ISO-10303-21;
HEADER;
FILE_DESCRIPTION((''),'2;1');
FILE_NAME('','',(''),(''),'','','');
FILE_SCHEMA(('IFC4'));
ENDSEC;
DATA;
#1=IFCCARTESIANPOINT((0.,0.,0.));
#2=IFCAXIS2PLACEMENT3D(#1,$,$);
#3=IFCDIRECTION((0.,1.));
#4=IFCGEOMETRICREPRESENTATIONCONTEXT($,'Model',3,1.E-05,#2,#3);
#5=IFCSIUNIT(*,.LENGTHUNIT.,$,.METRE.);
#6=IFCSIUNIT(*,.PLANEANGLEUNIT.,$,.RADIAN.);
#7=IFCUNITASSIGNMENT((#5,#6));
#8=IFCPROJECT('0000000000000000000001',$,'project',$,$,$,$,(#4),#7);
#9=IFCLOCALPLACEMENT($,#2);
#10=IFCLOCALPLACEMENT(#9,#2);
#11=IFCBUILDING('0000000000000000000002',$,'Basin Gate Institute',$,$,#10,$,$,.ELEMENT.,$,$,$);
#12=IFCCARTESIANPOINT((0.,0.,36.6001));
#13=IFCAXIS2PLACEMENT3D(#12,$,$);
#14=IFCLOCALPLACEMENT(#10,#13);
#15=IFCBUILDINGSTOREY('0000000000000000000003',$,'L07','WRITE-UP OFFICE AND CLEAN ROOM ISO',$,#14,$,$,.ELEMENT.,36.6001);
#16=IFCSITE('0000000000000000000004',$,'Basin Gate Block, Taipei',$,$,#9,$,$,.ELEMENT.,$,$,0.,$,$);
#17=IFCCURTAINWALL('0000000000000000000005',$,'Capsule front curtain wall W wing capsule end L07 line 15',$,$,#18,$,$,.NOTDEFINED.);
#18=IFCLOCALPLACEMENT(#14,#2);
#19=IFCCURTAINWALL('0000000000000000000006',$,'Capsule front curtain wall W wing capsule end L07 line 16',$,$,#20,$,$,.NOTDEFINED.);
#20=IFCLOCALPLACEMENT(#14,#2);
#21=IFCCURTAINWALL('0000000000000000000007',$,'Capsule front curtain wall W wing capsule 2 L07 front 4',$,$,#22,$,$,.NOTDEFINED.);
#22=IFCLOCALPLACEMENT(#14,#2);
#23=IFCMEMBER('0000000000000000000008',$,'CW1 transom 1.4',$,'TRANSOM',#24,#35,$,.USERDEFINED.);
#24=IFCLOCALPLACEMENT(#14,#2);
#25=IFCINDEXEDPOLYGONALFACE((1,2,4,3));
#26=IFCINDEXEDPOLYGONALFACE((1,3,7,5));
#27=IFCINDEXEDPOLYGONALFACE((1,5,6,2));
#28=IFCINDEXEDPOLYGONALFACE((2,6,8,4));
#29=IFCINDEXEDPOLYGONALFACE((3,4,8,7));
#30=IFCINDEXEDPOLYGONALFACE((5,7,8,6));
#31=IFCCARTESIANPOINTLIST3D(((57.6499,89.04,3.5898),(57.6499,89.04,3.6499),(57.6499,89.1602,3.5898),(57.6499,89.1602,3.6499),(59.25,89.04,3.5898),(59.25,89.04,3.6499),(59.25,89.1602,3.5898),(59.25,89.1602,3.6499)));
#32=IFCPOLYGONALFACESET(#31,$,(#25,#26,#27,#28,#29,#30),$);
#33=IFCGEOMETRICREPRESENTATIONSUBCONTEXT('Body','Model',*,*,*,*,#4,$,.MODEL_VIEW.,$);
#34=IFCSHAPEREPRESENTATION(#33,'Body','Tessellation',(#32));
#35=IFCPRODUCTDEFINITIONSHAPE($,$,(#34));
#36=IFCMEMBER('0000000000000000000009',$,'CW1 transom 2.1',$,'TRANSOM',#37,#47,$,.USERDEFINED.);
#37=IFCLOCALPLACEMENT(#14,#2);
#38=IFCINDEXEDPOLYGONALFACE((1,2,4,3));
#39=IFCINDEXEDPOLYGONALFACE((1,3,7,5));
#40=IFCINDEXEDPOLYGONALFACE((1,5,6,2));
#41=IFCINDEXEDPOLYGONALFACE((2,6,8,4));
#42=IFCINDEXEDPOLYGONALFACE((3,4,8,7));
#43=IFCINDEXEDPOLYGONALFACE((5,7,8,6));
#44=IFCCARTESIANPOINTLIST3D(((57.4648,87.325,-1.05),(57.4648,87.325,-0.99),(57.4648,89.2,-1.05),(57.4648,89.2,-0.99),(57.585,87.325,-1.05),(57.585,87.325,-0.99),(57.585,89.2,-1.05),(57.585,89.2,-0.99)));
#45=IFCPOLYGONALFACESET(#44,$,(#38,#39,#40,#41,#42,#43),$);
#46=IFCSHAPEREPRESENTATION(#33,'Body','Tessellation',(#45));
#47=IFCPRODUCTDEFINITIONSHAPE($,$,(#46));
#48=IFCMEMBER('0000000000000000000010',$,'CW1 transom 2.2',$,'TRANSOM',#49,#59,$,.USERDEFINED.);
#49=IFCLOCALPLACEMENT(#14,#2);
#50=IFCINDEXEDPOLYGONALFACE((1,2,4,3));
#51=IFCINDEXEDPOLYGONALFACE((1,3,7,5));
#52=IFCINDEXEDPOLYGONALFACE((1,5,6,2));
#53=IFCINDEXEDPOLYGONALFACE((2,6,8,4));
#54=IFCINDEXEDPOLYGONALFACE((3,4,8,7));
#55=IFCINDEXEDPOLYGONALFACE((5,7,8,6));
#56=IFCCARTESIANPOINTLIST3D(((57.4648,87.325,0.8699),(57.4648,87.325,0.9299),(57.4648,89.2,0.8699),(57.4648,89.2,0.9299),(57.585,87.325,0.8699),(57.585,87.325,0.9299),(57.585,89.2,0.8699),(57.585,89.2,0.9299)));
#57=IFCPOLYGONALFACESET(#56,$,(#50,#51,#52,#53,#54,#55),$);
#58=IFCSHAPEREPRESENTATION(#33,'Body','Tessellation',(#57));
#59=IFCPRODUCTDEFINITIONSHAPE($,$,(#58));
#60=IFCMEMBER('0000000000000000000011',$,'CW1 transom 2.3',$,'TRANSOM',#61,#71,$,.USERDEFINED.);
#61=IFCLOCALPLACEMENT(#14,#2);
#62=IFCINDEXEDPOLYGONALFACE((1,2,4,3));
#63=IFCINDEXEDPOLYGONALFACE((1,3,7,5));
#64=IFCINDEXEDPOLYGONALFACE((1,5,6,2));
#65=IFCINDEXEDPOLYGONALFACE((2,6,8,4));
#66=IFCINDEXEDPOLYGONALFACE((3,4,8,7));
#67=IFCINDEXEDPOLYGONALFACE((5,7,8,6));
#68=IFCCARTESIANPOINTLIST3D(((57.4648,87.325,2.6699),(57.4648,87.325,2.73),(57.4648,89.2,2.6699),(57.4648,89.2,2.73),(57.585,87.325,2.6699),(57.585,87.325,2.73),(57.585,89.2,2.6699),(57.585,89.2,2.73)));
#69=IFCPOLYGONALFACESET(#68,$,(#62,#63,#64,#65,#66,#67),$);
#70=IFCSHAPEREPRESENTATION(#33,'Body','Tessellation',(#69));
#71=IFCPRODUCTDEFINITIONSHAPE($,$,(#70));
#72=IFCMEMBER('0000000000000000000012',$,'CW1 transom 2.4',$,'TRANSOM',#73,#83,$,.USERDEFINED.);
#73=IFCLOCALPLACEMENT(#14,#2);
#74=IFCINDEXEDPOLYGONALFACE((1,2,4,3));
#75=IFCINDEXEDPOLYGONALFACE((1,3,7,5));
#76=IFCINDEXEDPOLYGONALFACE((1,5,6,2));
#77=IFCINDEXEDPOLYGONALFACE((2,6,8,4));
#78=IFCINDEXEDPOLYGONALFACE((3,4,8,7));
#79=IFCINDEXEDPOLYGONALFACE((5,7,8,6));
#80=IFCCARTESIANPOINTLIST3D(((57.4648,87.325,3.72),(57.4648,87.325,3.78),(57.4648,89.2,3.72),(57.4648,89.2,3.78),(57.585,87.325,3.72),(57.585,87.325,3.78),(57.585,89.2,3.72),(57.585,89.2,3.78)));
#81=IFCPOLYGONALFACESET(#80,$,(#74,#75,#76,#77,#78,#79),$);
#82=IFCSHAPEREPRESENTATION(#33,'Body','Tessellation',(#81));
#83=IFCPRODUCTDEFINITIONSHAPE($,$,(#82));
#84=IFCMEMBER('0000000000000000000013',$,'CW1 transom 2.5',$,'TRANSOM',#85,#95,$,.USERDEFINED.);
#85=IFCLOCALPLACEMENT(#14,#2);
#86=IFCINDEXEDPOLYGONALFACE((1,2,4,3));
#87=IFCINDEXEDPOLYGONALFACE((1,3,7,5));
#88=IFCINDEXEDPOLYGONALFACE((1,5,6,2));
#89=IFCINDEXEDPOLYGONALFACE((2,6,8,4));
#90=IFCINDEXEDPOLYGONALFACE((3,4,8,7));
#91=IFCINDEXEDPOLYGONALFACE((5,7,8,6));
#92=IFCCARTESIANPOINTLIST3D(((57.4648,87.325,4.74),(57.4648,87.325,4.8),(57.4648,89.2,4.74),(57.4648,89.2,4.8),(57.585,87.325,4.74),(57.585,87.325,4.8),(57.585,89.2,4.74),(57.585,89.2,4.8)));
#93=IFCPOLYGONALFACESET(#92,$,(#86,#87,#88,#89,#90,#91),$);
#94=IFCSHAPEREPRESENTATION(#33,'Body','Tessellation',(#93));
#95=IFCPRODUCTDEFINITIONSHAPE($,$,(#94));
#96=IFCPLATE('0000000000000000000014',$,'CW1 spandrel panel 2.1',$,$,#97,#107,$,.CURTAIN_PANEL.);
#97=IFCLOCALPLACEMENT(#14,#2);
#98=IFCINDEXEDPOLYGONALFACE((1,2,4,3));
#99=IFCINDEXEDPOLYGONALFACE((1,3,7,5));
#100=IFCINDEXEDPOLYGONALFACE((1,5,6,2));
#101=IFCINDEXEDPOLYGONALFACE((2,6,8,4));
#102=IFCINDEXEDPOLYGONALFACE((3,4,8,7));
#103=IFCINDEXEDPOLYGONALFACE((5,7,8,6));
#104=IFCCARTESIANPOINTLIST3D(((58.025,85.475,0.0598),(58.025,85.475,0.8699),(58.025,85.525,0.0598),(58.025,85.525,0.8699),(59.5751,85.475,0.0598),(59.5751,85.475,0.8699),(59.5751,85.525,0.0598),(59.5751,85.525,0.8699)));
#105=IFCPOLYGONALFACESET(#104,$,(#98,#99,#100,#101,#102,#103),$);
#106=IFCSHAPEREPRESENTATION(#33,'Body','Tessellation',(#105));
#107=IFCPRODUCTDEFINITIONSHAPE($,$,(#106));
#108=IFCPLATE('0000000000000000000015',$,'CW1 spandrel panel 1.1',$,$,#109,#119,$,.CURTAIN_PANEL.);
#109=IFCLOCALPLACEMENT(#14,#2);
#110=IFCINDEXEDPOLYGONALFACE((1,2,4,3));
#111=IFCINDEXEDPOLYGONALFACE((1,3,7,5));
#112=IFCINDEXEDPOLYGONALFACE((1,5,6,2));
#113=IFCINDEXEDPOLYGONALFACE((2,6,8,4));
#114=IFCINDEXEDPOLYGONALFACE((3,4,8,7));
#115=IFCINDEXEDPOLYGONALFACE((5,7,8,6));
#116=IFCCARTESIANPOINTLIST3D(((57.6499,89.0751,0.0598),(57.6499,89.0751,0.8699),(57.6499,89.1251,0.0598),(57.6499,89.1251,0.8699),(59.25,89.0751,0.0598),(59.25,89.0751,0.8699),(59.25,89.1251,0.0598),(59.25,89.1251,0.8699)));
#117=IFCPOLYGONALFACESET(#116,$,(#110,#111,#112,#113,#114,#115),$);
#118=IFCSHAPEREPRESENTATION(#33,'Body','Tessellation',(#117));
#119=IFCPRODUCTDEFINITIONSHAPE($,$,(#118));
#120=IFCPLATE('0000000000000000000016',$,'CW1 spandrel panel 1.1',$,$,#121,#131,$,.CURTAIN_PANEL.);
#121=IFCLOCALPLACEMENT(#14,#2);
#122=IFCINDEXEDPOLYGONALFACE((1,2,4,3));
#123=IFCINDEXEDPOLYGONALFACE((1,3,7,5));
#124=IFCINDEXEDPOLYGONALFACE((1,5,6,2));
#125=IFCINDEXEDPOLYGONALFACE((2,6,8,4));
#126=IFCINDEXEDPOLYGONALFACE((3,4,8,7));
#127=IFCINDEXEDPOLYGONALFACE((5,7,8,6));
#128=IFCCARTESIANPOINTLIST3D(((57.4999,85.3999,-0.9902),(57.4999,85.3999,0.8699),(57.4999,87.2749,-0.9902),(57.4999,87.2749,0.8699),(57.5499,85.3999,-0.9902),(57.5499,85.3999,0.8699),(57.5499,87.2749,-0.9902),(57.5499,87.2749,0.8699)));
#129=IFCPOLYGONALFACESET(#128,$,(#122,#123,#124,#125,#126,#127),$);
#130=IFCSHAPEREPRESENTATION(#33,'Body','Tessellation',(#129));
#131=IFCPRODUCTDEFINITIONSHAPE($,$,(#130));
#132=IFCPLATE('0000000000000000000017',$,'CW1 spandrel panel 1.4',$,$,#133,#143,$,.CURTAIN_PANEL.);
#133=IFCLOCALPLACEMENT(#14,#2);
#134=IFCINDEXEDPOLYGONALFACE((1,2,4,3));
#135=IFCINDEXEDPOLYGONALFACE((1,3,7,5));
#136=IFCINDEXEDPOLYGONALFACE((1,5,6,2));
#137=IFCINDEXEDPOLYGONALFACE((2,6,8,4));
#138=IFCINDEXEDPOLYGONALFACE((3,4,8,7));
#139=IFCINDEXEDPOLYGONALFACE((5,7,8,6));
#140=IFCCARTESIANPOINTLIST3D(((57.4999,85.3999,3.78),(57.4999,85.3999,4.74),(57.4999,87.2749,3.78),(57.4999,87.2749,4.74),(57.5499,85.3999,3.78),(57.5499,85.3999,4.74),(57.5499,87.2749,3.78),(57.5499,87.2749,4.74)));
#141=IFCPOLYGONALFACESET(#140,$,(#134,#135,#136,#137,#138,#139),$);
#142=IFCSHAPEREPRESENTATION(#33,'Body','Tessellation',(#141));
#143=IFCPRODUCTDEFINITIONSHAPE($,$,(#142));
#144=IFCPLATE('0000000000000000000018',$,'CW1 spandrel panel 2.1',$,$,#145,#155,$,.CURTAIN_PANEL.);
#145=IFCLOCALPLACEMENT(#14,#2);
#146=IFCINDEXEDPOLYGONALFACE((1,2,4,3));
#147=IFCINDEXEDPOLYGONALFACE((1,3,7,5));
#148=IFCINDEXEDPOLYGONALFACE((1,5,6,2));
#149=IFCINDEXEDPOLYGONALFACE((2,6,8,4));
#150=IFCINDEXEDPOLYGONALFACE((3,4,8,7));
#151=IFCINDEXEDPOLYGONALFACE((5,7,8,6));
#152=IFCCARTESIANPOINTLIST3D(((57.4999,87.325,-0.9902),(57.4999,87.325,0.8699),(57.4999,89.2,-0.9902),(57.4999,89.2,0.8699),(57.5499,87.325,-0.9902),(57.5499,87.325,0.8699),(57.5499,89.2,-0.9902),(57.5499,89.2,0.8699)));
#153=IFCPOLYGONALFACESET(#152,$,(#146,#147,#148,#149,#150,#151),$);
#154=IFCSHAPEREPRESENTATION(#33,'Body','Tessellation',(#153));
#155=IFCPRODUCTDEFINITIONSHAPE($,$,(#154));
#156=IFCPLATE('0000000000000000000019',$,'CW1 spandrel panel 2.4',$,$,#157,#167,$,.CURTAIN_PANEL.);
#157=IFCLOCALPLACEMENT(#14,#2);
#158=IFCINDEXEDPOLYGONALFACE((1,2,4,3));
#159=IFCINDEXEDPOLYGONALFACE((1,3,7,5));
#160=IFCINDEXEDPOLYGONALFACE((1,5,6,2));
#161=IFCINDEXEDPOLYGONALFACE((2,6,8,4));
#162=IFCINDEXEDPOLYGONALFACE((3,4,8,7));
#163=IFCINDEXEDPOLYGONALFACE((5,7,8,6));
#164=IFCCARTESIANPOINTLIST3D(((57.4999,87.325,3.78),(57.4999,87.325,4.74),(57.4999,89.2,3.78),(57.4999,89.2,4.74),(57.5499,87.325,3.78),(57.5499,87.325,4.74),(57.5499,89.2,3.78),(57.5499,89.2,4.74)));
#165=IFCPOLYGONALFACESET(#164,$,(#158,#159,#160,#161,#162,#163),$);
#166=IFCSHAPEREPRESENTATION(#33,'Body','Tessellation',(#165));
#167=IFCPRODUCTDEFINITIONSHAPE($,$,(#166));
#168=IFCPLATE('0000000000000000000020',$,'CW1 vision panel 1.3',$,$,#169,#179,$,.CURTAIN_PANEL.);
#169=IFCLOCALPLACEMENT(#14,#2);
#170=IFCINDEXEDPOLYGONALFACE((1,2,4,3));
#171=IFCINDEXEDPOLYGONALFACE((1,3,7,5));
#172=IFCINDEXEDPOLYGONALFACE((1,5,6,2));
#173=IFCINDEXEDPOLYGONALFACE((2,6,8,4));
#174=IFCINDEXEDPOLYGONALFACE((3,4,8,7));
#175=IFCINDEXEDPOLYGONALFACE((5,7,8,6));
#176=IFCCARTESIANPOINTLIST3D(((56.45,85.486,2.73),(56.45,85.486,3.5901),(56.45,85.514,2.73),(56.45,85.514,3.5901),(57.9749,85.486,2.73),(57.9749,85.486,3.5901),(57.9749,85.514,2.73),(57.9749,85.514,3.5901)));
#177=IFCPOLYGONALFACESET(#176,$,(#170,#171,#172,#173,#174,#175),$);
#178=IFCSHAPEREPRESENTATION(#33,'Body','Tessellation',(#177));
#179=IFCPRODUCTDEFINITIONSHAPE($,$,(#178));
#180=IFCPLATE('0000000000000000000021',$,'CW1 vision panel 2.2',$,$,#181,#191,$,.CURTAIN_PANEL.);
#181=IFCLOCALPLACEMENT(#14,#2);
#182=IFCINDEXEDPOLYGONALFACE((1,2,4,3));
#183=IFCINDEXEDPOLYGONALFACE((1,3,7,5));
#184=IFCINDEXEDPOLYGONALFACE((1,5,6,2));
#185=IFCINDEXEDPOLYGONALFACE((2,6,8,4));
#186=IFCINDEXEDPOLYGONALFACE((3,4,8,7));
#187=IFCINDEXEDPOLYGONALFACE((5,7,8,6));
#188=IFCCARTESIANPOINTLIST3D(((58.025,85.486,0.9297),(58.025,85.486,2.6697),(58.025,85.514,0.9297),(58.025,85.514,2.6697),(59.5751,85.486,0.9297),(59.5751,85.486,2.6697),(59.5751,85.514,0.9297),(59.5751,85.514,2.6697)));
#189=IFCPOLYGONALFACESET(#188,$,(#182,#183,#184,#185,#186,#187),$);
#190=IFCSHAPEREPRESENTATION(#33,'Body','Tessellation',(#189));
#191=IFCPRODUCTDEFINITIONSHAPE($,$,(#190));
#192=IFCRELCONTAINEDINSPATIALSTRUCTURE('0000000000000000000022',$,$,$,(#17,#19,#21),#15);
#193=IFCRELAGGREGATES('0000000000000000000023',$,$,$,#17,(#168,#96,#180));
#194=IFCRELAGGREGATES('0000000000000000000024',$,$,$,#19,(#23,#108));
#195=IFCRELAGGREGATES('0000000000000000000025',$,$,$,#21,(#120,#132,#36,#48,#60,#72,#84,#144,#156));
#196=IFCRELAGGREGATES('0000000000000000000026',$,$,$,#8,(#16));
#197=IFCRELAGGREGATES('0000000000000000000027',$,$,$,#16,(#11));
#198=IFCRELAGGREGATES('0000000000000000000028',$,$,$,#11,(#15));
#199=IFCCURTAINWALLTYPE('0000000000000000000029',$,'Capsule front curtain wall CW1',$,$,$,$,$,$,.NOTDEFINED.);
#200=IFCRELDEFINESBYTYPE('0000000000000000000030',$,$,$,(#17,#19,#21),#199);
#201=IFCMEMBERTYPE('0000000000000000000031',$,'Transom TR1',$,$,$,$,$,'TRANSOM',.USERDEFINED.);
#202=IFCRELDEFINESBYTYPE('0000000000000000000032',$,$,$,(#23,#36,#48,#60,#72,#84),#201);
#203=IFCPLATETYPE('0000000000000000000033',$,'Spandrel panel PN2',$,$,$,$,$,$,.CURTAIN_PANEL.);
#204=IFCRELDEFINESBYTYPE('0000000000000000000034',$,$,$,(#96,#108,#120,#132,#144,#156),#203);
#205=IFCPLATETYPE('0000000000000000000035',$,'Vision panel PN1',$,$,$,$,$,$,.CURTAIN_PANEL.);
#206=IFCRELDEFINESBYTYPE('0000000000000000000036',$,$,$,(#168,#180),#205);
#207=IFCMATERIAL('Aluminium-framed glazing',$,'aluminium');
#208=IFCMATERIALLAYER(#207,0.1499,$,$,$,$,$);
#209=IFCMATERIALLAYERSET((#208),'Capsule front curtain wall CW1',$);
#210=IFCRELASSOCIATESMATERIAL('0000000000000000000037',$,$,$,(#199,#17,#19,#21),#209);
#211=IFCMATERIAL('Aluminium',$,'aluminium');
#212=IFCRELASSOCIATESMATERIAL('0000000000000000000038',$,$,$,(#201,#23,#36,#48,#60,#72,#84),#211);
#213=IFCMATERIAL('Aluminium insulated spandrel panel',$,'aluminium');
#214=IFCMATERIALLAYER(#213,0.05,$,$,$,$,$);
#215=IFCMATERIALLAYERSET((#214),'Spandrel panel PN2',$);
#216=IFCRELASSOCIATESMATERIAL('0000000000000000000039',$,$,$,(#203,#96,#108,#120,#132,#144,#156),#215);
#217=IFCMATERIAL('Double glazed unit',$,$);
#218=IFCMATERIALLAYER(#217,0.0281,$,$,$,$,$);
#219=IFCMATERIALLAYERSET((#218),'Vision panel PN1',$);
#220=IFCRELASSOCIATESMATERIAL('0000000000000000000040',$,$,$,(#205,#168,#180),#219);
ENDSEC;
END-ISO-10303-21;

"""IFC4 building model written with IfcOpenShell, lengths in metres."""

from ifc_helpers import new_model, si_unit, direction, frame, origin, origin_2d, place, context, subcontext, project, spatial, rectangle, extrude, material, layer, layer_set, material_profile, profile_set, type_object, element, aggregate, save


model = new_model("IFC4")

# Units and contexts
model_context = context("Model", 3, precision=1e-05, world=origin(), true_north=direction((0.0, 1.0)))
body_context = subcontext(model_context, "Body", "Model", "MODEL_VIEW")
ifc_project = project(units=[si_unit("LENGTHUNIT", "METRE"), si_unit("PLANEANGLEUNIT", "RADIAN")], contexts=[model_context])

# Site, building, storey
site_placement = place(None, origin())
site = spatial("IfcSite", under=ifc_project, at=site_placement, Name="Basin Gate Block, Taipei", CompositionType="ELEMENT", RefElevation=0.0)
building_placement = place(site_placement, origin())
building = spatial("IfcBuilding", under=site, at=building_placement, Name="Basin Gate Institute", CompositionType="ELEMENT")
storey_placement = place(building_placement, frame((0.0, 0.0, 36.6001)))
storey = spatial("IfcBuildingStorey", under=building, at=storey_placement, Name="L07", Description="WRITE-UP OFFICE AND CLEAN ROOM ISO", CompositionType="ELEMENT", Elevation=36.6001)

# Curtain walls
ifc_material_1 = material(Name="Aluminium-framed glazing", Category="aluminium")
ifc_layer_1 = layer(ifc_material_1, 0.1499)
ifc_layer_set_1 = layer_set([ifc_layer_1], Name="Capsule front curtain wall CW1")
curtain_wall_type = type_object("IfcCurtainWallType", Name="Capsule front curtain wall CW1", PredefinedType="NOTDEFINED", material=ifc_layer_set_1)
curtain_wall_1_placement = place(storey_placement, origin())
curtain_wall_1 = element("IfcCurtainWall", 1, at=curtain_wall_1_placement, inside=storey, type_object=curtain_wall_type, material=ifc_layer_set_1, Name="Capsule front curtain wall W wing capsule end L07 line 15", PredefinedType="NOTDEFINED")
curtain_wall_2_placement = place(storey_placement, origin())
curtain_wall_2 = element("IfcCurtainWall", 2, at=curtain_wall_2_placement, inside=storey, type_object=curtain_wall_type, material=ifc_layer_set_1, Name="Capsule front curtain wall W wing capsule end L07 line 16", PredefinedType="NOTDEFINED")

# Curtain wall
curtain_wall_3_placement = place(storey_placement, origin())
curtain_wall_3 = element("IfcCurtainWall", 3, at=curtain_wall_3_placement, inside=storey, type_object=curtain_wall_type, material=ifc_layer_set_1, Name="Capsule front curtain wall W wing capsule 2 L07 front 4", PredefinedType="NOTDEFINED")

# Members
ifc_material_2 = material(Name="Aluminium", Category="aluminium")
ifc_material_profile_1 = material_profile(ifc_material_2, rectangle(XDim=0.1201, YDim=0.0601, at=origin_2d()), Name="Transom TR1 120 x 60")
ifc_profile_set_1 = profile_set([ifc_material_profile_1], Name="Aluminium")
member_type_1 = type_object("IfcMemberType", Name="Transom TR1", ElementType="TRANSOM", PredefinedType="USERDEFINED", material=ifc_profile_set_1)
member_1_placement = place(storey_placement, frame((57.6499, 89.1001, 3.6199), z_axis=(1.0, 0.0, 0.0), x_axis=(0.0, 1.0, 0.0)))
member_1 = element("IfcMember", 4, at=member_1_placement, type_object=member_type_1, material=ifc_profile_set_1, Name="CW1 transom 1.4", ObjectType="TRANSOM", PredefinedType="USERDEFINED", context=body_context, shape_type="SweptSolid", body=[
    extrude(rectangle(XDim=0.1201, YDim=0.0601, at=origin_2d()), origin(), (0.0, 0.0, 1.0), 1.6001),
])
member_2_placement = place(storey_placement, frame((57.5249, 87.325, -1.02), z_axis=(0.0, 1.0, 0.0), x_axis=(-1.0, 0.0, 0.0)))
member_2 = element("IfcMember", 5, at=member_2_placement, type_object=member_type_1, material=ifc_profile_set_1, Name="CW1 transom 2.1", ObjectType="TRANSOM", PredefinedType="USERDEFINED", context=body_context, shape_type="SweptSolid", body=[
    extrude(rectangle(XDim=0.1201, YDim=0.0601, at=origin_2d()), origin(), (0.0, 0.0, 1.0), 1.875),
])
member_3_placement = place(storey_placement, frame((57.5249, 87.325, 0.8999), z_axis=(0.0, 1.0, 0.0), x_axis=(-1.0, 0.0, 0.0)))
member_3 = element("IfcMember", 6, at=member_3_placement, type_object=member_type_1, material=ifc_profile_set_1, Name="CW1 transom 2.2", ObjectType="TRANSOM", PredefinedType="USERDEFINED", context=body_context, shape_type="SweptSolid", body=[
    extrude(rectangle(XDim=0.1201, YDim=0.0601, at=origin_2d()), origin(), (0.0, 0.0, 1.0), 1.875),
])
member_4_placement = place(storey_placement, frame((57.5249, 87.325, 2.7), z_axis=(0.0, 1.0, 0.0), x_axis=(-1.0, 0.0, 0.0)))
member_4 = element("IfcMember", 7, at=member_4_placement, type_object=member_type_1, material=ifc_profile_set_1, Name="CW1 transom 2.3", ObjectType="TRANSOM", PredefinedType="USERDEFINED", context=body_context, shape_type="SweptSolid", body=[
    extrude(rectangle(XDim=0.1201, YDim=0.0601, at=origin_2d()), origin(), (0.0, 0.0, 1.0), 1.875),
])
member_5_placement = place(storey_placement, frame((57.5249, 87.325, 3.75), z_axis=(0.0, 1.0, 0.0), x_axis=(-1.0, 0.0, 0.0)))
member_5 = element("IfcMember", 8, at=member_5_placement, type_object=member_type_1, material=ifc_profile_set_1, Name="CW1 transom 2.4", ObjectType="TRANSOM", PredefinedType="USERDEFINED", context=body_context, shape_type="SweptSolid", body=[
    extrude(rectangle(XDim=0.1201, YDim=0.0601, at=origin_2d()), origin(), (0.0, 0.0, 1.0), 1.875),
])
member_6_placement = place(storey_placement, frame((57.5249, 87.325, 4.77), z_axis=(0.0, 1.0, 0.0), x_axis=(-1.0, 0.0, 0.0)))
member_6 = element("IfcMember", 9, at=member_6_placement, type_object=member_type_1, material=ifc_profile_set_1, Name="CW1 transom 2.5", ObjectType="TRANSOM", PredefinedType="USERDEFINED", context=body_context, shape_type="SweptSolid", body=[
    extrude(rectangle(XDim=0.1201, YDim=0.0601, at=origin_2d()), origin(), (0.0, 0.0, 1.0), 1.875),
])

# Plates
ifc_material_3 = material(Name="Aluminium insulated spandrel panel", Category="aluminium")
ifc_layer_2 = layer(ifc_material_3, 0.05)
ifc_layer_set_2 = layer_set([ifc_layer_2], Name="Spandrel panel PN2")
plate_type_1 = type_object("IfcPlateType", Name="Spandrel panel PN2", PredefinedType="CURTAIN_PANEL", material=ifc_layer_set_2)
plate_1_placement = place(storey_placement, frame((58.8, 85.5, 0.0598), z_axis=(0.0, 0.0, 1.0), x_axis=(1.0, 0.0, 0.0)))
plate_1 = element("IfcPlate", 10, at=plate_1_placement, type_object=plate_type_1, material=ifc_layer_set_2, Name="CW1 spandrel panel 2.1", PredefinedType="CURTAIN_PANEL", context=body_context, shape_type="SweptSolid", body=[
    extrude(rectangle(XDim=1.55, YDim=0.05, at=origin_2d()), origin(), (0.0, 0.0, 1.0), 0.8101),
])
plate_2_placement = place(storey_placement, frame((58.45, 89.1001, 0.0598), z_axis=(0.0, 0.0, 1.0), x_axis=(1.0, 0.0, 0.0)))
plate_2 = element("IfcPlate", 11, at=plate_2_placement, type_object=plate_type_1, material=ifc_layer_set_2, Name="CW1 spandrel panel 1.1", PredefinedType="CURTAIN_PANEL", context=body_context, shape_type="SweptSolid", body=[
    extrude(rectangle(XDim=1.6001, YDim=0.05, at=origin_2d()), origin(), (0.0, 0.0, 1.0), 0.8101),
])
plate_3_placement = place(storey_placement, frame((57.5249, 86.3374, -0.9902), z_axis=(0.0, 0.0, 1.0), x_axis=(0.0, 1.0, 0.0)))
plate_3 = element("IfcPlate", 12, at=plate_3_placement, type_object=plate_type_1, material=ifc_layer_set_2, Name="CW1 spandrel panel 1.1", PredefinedType="CURTAIN_PANEL", context=body_context, shape_type="SweptSolid", body=[
    extrude(rectangle(XDim=1.875, YDim=0.05, at=origin_2d()), origin(), (0.0, 0.0, 1.0), 1.8601),
])
plate_4_placement = place(storey_placement, frame((57.5249, 86.3374, 3.78), z_axis=(0.0, 0.0, 1.0), x_axis=(0.0, 1.0, 0.0)))
plate_4 = element("IfcPlate", 13, at=plate_4_placement, type_object=plate_type_1, material=ifc_layer_set_2, Name="CW1 spandrel panel 1.4", PredefinedType="CURTAIN_PANEL", context=body_context, shape_type="SweptSolid", body=[
    extrude(rectangle(XDim=1.875, YDim=0.05, at=origin_2d()), origin(), (0.0, 0.0, 1.0), 0.96),
])
plate_5_placement = place(storey_placement, frame((57.5249, 88.2625, -0.9902), z_axis=(0.0, 0.0, 1.0), x_axis=(0.0, 1.0, 0.0)))
plate_5 = element("IfcPlate", 14, at=plate_5_placement, type_object=plate_type_1, material=ifc_layer_set_2, Name="CW1 spandrel panel 2.1", PredefinedType="CURTAIN_PANEL", context=body_context, shape_type="SweptSolid", body=[
    extrude(rectangle(XDim=1.875, YDim=0.05, at=origin_2d()), origin(), (0.0, 0.0, 1.0), 1.8601),
])
plate_6_placement = place(storey_placement, frame((57.5249, 88.2625, 3.78), z_axis=(0.0, 0.0, 1.0), x_axis=(0.0, 1.0, 0.0)))
plate_6 = element("IfcPlate", 15, at=plate_6_placement, type_object=plate_type_1, material=ifc_layer_set_2, Name="CW1 spandrel panel 2.4", PredefinedType="CURTAIN_PANEL", context=body_context, shape_type="SweptSolid", body=[
    extrude(rectangle(XDim=1.875, YDim=0.05, at=origin_2d()), origin(), (0.0, 0.0, 1.0), 0.96),
])
ifc_material_4 = material(Name="Double glazed unit")
ifc_layer_3 = layer(ifc_material_4, 0.0281)
ifc_layer_set_3 = layer_set([ifc_layer_3], Name="Vision panel PN1")
plate_type_2 = type_object("IfcPlateType", Name="Vision panel PN1", PredefinedType="CURTAIN_PANEL", material=ifc_layer_set_3)
plate_7_placement = place(storey_placement, frame((57.2124, 85.5, 2.73), z_axis=(0.0, 0.0, 1.0), x_axis=(1.0, 0.0, 0.0)))
plate_7 = element("IfcPlate", 16, at=plate_7_placement, type_object=plate_type_2, material=ifc_layer_set_3, Name="CW1 vision panel 1.3", PredefinedType="CURTAIN_PANEL", context=body_context, shape_type="SweptSolid", body=[
    extrude(rectangle(XDim=1.5249, YDim=0.0281, at=origin_2d()), origin(), (0.0, 0.0, 1.0), 0.8601),
])
plate_8_placement = place(storey_placement, frame((58.8, 85.5, 0.9297), z_axis=(0.0, 0.0, 1.0), x_axis=(1.0, 0.0, 0.0)))
plate_8 = element("IfcPlate", 17, at=plate_8_placement, type_object=plate_type_2, material=ifc_layer_set_3, Name="CW1 vision panel 2.2", PredefinedType="CURTAIN_PANEL", context=body_context, shape_type="SweptSolid", body=[
    extrude(rectangle(XDim=1.55, YDim=0.0281, at=origin_2d()), origin(), (0.0, 0.0, 1.0), 1.74),
])
aggregate(curtain_wall_1, [plate_7, plate_1, plate_8])
aggregate(curtain_wall_2, [member_1, plate_2])
aggregate(curtain_wall_3, [plate_3, plate_4, member_2, member_3, member_4, member_5, member_6, plate_5, plate_6])

save(model, "model.ifc")
